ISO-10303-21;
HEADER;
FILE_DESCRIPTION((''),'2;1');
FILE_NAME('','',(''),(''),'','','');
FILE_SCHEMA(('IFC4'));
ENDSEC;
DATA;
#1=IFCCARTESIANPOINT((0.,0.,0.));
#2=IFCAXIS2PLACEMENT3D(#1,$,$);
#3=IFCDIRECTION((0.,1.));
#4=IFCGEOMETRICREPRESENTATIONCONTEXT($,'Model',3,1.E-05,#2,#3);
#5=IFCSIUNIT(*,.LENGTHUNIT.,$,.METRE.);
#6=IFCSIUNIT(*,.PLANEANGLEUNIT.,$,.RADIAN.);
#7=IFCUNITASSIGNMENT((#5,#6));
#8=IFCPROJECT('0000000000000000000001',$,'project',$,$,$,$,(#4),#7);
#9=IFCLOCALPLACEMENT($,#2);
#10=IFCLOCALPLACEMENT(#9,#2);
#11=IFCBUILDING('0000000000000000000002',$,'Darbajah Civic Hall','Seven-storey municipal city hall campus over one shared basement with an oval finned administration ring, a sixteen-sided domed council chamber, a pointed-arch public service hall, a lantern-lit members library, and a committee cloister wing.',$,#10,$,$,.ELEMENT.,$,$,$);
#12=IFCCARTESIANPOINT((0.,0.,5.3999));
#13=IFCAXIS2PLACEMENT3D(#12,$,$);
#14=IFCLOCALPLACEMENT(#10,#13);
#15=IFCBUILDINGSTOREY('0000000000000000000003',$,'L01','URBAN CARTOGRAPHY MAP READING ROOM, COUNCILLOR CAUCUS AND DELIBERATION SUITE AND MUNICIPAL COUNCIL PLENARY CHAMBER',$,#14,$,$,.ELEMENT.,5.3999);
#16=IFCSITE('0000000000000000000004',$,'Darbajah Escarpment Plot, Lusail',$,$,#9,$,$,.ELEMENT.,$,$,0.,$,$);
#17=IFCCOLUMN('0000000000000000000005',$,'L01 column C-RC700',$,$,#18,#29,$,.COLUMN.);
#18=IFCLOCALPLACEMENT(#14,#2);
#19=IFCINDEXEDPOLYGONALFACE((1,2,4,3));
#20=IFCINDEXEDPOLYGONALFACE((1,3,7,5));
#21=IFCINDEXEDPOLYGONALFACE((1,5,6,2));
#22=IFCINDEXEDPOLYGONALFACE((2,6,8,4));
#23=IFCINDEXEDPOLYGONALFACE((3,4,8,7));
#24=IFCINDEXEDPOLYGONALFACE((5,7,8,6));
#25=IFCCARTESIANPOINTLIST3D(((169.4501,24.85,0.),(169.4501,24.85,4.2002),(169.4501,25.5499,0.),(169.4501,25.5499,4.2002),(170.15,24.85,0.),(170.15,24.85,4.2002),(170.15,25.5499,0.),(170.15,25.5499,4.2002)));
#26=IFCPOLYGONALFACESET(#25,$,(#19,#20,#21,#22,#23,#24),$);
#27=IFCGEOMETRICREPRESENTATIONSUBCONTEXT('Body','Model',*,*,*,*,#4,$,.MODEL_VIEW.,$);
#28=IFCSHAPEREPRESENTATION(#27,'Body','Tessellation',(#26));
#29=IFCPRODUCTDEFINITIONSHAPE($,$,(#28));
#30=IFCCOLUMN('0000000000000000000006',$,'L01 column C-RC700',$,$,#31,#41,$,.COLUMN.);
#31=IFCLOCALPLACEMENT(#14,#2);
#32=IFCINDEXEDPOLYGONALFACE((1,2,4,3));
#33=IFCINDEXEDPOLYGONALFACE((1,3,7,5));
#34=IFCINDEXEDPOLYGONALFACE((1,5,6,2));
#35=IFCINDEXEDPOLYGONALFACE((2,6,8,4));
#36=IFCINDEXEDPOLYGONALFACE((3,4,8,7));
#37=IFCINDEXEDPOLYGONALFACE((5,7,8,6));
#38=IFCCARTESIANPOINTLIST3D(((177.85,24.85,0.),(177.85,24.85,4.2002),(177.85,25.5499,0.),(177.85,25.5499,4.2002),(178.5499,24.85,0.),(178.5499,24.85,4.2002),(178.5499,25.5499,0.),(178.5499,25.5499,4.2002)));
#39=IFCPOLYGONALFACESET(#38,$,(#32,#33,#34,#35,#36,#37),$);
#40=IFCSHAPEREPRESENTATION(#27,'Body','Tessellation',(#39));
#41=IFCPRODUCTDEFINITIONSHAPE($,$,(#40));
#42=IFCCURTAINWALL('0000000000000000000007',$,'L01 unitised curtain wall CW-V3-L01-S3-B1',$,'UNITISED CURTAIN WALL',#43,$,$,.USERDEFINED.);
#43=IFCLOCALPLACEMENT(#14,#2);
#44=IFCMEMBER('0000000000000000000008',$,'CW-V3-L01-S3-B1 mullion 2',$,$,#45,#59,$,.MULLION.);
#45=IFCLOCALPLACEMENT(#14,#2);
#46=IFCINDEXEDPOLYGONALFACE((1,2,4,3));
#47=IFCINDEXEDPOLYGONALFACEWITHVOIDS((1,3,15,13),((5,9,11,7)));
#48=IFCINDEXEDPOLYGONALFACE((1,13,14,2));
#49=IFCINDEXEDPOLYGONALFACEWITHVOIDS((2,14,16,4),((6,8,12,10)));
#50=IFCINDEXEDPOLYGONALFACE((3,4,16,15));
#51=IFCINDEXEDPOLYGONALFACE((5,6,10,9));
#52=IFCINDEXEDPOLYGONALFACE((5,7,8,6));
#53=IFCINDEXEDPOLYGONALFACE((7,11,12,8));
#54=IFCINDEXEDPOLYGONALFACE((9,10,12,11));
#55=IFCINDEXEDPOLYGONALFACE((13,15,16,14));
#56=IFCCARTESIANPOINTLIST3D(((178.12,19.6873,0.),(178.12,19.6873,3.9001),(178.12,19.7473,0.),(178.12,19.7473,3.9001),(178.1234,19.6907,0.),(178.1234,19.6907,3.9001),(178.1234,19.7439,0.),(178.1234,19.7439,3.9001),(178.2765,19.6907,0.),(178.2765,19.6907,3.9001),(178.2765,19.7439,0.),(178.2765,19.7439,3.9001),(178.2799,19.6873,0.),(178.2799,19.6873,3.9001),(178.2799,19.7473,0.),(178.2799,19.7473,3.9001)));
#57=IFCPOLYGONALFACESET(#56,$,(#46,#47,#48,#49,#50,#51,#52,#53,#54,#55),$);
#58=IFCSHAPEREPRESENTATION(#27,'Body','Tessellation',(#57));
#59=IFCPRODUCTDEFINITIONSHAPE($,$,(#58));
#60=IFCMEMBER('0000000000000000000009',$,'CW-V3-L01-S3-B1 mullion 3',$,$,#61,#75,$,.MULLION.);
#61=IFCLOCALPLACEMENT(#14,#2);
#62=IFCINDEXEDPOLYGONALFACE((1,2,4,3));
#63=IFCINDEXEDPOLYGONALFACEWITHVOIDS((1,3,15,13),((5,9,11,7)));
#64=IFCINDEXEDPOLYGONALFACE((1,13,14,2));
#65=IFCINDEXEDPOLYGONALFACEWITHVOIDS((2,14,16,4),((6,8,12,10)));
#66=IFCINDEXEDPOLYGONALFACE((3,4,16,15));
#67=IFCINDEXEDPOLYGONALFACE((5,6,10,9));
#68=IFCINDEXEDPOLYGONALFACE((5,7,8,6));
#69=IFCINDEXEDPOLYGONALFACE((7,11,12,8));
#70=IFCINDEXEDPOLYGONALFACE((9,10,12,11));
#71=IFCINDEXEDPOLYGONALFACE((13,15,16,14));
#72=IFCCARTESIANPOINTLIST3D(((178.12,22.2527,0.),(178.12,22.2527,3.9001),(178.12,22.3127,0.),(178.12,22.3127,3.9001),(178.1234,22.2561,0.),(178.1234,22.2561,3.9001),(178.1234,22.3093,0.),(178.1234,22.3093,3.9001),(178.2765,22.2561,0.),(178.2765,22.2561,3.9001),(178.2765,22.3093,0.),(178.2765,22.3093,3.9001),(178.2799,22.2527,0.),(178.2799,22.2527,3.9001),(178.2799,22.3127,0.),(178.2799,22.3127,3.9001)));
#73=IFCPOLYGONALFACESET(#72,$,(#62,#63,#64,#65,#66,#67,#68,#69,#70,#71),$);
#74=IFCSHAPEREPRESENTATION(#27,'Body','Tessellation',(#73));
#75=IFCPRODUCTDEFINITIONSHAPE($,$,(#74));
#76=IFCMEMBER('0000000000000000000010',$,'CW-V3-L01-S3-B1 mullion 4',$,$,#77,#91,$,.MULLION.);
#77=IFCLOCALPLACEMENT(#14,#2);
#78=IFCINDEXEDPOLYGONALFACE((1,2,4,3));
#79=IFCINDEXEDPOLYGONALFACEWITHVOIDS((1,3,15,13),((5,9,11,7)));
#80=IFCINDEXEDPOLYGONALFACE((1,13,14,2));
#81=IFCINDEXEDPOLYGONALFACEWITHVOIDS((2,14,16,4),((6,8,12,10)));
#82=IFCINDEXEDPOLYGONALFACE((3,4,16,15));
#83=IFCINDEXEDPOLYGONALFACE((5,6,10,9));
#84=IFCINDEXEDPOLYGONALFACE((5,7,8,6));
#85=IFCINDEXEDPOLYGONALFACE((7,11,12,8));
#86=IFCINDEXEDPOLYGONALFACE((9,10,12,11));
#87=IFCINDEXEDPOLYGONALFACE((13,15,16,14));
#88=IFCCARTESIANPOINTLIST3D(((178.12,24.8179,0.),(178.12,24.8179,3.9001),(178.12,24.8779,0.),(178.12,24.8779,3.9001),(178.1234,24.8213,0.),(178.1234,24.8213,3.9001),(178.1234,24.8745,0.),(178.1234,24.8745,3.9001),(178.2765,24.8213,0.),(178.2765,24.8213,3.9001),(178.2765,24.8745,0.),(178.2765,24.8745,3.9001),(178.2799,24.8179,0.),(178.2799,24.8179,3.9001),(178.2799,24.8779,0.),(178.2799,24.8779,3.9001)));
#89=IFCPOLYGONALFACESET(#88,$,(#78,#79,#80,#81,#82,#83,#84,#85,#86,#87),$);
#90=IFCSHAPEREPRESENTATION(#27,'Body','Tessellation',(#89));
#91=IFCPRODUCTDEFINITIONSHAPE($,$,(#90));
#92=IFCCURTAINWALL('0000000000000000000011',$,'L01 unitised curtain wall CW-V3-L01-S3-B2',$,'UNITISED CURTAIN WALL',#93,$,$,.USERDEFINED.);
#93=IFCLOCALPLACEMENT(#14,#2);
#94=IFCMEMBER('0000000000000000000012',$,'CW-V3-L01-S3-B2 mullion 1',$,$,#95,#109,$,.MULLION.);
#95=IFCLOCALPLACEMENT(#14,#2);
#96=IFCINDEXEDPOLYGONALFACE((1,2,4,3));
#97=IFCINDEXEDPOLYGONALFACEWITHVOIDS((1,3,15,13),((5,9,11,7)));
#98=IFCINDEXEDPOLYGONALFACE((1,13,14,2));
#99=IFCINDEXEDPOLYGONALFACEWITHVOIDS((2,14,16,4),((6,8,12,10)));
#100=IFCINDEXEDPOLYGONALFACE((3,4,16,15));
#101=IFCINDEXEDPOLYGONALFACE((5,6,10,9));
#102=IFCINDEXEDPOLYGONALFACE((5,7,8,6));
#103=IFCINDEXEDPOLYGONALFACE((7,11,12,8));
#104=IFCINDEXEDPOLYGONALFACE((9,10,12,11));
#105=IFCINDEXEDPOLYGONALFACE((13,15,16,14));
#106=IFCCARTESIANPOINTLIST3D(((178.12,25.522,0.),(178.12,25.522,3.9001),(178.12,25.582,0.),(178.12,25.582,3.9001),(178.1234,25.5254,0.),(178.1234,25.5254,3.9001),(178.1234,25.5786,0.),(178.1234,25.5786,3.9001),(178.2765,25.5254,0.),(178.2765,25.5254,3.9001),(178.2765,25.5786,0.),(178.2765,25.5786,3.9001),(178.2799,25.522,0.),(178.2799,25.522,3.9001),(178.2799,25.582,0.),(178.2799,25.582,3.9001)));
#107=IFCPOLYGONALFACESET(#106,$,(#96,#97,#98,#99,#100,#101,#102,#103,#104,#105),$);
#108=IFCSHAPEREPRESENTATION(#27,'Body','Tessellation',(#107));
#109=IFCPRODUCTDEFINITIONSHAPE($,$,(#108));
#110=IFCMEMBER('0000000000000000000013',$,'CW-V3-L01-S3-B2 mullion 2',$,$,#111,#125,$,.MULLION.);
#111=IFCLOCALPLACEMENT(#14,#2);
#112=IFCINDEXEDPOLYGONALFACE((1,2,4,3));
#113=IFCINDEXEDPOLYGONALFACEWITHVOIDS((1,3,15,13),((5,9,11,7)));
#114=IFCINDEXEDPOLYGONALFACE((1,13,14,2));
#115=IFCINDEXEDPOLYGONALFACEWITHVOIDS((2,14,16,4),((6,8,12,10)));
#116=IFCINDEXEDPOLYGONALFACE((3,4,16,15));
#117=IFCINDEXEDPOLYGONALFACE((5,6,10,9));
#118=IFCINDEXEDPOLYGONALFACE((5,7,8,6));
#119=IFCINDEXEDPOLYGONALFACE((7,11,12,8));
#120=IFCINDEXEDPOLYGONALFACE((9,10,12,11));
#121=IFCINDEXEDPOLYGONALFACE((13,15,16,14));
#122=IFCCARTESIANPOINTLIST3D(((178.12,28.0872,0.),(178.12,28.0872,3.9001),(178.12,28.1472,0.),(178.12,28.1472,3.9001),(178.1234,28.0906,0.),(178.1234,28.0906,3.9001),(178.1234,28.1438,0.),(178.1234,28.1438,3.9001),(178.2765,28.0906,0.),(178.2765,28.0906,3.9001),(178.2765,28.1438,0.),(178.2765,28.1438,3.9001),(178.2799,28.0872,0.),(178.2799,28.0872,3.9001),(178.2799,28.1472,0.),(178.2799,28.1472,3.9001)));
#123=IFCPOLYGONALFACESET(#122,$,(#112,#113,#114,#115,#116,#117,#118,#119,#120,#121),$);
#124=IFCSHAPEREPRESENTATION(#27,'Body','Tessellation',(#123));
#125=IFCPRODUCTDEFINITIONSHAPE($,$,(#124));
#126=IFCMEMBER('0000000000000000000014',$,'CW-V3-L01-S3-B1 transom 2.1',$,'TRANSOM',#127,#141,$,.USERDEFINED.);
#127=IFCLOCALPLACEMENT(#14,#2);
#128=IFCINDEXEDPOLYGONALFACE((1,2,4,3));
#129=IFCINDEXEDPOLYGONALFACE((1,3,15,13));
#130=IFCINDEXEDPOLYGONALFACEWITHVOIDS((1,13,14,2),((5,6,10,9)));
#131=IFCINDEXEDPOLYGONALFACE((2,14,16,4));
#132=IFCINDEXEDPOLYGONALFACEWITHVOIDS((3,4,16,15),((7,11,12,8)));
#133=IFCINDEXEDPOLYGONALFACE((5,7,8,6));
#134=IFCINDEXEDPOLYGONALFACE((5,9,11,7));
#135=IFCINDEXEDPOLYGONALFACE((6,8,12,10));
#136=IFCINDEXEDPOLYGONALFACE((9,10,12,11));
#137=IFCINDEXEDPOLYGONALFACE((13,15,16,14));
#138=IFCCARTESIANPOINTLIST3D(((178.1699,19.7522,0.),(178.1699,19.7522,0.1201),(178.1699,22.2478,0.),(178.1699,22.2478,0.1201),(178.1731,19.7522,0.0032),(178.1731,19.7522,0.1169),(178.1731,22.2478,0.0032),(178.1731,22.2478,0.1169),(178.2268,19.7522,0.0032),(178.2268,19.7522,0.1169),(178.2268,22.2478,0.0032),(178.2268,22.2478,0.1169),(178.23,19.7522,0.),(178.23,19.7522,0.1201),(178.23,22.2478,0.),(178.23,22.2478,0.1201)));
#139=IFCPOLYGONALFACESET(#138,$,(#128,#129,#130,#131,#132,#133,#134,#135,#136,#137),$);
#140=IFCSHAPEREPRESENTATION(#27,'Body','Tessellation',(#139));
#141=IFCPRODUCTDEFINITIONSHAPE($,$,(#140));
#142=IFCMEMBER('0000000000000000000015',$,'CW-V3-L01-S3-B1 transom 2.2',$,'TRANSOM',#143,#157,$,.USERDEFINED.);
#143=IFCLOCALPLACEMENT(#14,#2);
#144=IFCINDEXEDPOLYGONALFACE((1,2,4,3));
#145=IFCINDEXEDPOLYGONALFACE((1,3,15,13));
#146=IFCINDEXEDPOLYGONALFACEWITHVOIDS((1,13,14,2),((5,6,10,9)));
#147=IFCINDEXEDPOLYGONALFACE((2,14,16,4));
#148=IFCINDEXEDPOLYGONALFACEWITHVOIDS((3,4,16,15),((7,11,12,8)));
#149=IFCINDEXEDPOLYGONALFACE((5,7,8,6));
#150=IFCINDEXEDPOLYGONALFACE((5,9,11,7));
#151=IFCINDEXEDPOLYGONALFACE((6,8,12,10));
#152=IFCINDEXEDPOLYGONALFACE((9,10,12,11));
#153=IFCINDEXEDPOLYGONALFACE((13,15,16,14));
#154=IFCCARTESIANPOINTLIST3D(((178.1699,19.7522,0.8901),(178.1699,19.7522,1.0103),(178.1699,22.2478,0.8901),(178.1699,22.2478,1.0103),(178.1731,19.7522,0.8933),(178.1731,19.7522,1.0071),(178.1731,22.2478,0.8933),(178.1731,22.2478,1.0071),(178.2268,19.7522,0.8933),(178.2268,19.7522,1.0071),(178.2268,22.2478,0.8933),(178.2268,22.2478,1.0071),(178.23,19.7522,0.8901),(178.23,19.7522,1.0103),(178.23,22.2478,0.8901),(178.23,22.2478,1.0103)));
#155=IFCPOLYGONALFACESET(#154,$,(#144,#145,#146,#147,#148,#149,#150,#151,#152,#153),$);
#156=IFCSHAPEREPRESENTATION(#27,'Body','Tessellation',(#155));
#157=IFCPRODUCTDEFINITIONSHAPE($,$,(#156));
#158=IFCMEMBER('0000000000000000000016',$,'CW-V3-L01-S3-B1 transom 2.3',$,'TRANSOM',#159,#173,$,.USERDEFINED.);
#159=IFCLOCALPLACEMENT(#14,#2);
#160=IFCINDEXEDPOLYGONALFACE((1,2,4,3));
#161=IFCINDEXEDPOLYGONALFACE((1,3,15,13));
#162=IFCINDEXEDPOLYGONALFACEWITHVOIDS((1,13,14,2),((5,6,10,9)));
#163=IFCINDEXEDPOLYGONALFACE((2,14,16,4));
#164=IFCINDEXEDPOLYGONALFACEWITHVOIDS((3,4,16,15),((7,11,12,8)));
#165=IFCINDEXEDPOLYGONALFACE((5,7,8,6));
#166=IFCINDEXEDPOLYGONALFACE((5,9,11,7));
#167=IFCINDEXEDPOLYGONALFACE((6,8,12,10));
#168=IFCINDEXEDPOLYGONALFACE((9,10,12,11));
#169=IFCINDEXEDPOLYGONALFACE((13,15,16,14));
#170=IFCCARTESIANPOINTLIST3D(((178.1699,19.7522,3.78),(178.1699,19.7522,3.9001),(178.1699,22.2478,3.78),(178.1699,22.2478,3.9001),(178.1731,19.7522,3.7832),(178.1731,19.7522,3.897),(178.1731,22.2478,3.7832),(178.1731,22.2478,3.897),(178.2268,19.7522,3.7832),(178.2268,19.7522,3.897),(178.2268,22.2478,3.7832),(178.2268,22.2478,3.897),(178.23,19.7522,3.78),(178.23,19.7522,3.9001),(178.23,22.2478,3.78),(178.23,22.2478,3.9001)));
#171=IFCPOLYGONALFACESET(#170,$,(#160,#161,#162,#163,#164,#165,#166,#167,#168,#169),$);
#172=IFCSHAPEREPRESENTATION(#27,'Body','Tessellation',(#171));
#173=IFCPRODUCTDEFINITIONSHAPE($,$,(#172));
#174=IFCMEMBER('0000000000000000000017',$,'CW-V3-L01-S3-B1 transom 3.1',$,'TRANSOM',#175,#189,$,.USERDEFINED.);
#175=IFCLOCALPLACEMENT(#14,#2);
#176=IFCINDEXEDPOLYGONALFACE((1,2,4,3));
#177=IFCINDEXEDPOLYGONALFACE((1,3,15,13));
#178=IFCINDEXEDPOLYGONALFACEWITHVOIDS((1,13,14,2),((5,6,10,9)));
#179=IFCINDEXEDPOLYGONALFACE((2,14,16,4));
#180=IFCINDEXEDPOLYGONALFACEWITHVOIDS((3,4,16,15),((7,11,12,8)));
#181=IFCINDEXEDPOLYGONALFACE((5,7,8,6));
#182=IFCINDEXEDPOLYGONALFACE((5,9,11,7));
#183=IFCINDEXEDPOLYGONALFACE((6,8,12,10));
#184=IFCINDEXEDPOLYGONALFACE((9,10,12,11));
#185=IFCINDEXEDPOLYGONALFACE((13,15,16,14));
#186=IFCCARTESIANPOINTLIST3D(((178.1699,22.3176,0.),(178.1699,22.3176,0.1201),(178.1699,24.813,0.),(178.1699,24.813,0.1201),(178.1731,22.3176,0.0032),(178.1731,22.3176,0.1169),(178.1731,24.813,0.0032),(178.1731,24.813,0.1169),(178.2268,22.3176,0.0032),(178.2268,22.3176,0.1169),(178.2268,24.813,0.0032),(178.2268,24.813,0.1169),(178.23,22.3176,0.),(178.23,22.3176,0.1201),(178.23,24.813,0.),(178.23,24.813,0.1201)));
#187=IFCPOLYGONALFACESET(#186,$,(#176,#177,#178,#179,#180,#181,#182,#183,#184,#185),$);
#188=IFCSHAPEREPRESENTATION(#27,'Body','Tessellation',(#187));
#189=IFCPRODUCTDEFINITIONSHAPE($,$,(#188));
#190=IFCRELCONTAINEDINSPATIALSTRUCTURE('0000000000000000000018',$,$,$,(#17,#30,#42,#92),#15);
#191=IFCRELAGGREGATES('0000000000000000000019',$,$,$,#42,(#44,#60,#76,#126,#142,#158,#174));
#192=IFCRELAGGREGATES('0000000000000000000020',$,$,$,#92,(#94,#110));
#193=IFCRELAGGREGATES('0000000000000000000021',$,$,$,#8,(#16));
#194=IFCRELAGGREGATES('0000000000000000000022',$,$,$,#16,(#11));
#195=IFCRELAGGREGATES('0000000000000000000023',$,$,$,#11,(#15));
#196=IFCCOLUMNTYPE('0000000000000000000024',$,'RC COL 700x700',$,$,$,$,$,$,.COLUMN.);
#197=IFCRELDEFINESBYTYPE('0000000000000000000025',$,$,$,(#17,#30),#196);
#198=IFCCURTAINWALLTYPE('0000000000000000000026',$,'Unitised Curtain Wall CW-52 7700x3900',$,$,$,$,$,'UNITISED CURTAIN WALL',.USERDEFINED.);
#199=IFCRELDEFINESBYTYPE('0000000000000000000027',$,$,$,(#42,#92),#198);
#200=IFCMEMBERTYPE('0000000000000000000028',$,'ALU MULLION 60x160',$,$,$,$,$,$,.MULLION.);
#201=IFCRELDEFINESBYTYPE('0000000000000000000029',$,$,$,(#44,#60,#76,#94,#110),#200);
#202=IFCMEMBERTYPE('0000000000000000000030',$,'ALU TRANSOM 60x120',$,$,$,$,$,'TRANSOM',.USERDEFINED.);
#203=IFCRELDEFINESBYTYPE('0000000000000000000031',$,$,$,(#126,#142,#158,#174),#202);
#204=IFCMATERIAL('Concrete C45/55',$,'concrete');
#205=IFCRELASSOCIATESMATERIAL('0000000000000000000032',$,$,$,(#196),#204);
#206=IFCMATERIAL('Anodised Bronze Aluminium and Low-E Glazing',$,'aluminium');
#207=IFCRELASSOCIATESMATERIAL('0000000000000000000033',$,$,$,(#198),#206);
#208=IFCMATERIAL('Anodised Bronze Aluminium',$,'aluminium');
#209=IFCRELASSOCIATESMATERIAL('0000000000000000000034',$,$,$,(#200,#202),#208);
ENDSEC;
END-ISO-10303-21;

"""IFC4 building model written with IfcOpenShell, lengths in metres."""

from ifc_helpers import new_model, si_unit, direction, frame, origin, origin_2d, place, context, subcontext, project, spatial, rectangle, hollow_rectangle, extrude, material, material_profile, profile_set, type_object, element, aggregate, save


model = new_model("IFC4")

# Units and contexts
model_context = context("Model", 3, precision=1e-05, world=origin(), true_north=direction((0.0, 1.0)))
body_context = subcontext(model_context, "Body", "Model", "MODEL_VIEW")
ifc_project = project(units=[si_unit("LENGTHUNIT", "METRE"), si_unit("PLANEANGLEUNIT", "RADIAN")], contexts=[model_context])

# Site, building, storey
site_placement = place(None, origin())
site = spatial("IfcSite", under=ifc_project, at=site_placement, Name="Darbajah Escarpment Plot, Lusail", CompositionType="ELEMENT", RefElevation=0.0)
building_placement = place(site_placement, origin())
building = spatial("IfcBuilding", under=site, at=building_placement, Name="Darbajah Civic Hall", Description="Seven-storey municipal city hall campus over one shared basement with an oval finned administration ring, a sixteen-sided domed council chamber, a pointed-arch public service hall, a lantern-lit members library, and a committee cloister wing.", CompositionType="ELEMENT")
storey_placement = place(building_placement, frame((0.0, 0.0, 5.3999)))
storey = spatial("IfcBuildingStorey", under=building, at=storey_placement, Name="L01", Description="URBAN CARTOGRAPHY MAP READING ROOM, COUNCILLOR CAUCUS AND DELIBERATION SUITE AND MUNICIPAL COUNCIL PLENARY CHAMBER", CompositionType="ELEMENT", Elevation=5.3999)

# Columns
ifc_material_1 = material(Name="Concrete C45/55", Category="concrete")
ifc_material_profile_1 = material_profile(ifc_material_1, rectangle(XDim=0.7, YDim=0.7, at=origin_2d()), Name="RC COL 700x700")
ifc_profile_set_1 = profile_set([ifc_material_profile_1], Name="Concrete C45/55")
column_type = type_object("IfcColumnType", Name="RC COL 700x700", PredefinedType="COLUMN", material=ifc_profile_set_1)
for number, where, z_axis, x_axis, name in (
    (1, (169.8, 25.2, 0.0), (0.0, 0.0, 1.0), (1.0, 0.0, 0.0), "L01 column C-RC700"),
    (2, (178.2, 25.2, 0.0), (0.0, 0.0, 1.0), (1.0, 0.0, 0.0), "L01 column C-RC700"),
):
    element("IfcColumn", number, at=place(storey_placement, frame(where, z_axis=z_axis, x_axis=x_axis)), inside=storey, type_object=column_type, Name=name, PredefinedType="COLUMN", context=body_context, shape_type="SweptSolid", body=[
        extrude(rectangle(XDim=0.7, YDim=0.7, at=origin_2d()), origin(), (0.0, 0.0, 1.0), 4.2002),
    ])

# Curtain walls, members
ifc_material_2 = material(Name="Anodised Bronze Aluminium and Low-E Glazing", Category="aluminium")
curtain_wall_type = type_object("IfcCurtainWallType", Name="Unitised Curtain Wall CW-52 7700x3900", ElementType="UNITISED CURTAIN WALL", PredefinedType="USERDEFINED", material=ifc_material_2)
curtain_wall_1_placement = place(storey_placement, origin())
curtain_wall_1 = element("IfcCurtainWall", 3, at=curtain_wall_1_placement, inside=storey, type_object=curtain_wall_type, Name="L01 unitised curtain wall CW-V3-L01-S3-B1", ObjectType="UNITISED CURTAIN WALL", PredefinedType="USERDEFINED")
ifc_material_3 = material(Name="Anodised Bronze Aluminium", Category="aluminium")
ifc_material_profile_2 = material_profile(ifc_material_3, hollow_rectangle(XDim=0.0601, YDim=0.1599, WallThickness=0.0034, at=origin_2d()), Name="ALU MULLION 60x160")
ifc_profile_set_2 = profile_set([ifc_material_profile_2], Name="Anodised Bronze Aluminium")
member_type_1 = type_object("IfcMemberType", Name="ALU MULLION 60x160", PredefinedType="MULLION", material=ifc_profile_set_2)
member_1_placement = place(storey_placement, frame((178.2, 19.7173, 0.0), z_axis=(0.0, 0.0, 1.0), x_axis=(0.0, 1.0, 0.0)))
member_1 = element("IfcMember", 4, at=member_1_placement, type_object=member_type_1, Name="CW-V3-L01-S3-B1 mullion 2", PredefinedType="MULLION", context=body_context, shape_type="SweptSolid", body=[
    extrude(hollow_rectangle(XDim=0.0601, YDim=0.1599, WallThickness=0.0034, at=origin_2d()), origin(), (0.0, 0.0, 1.0), 3.9001),
])
member_2_placement = place(storey_placement, frame((178.2, 22.2827, 0.0), z_axis=(0.0, 0.0, 1.0), x_axis=(0.0, 1.0, 0.0)))
member_2 = element("IfcMember", 5, at=member_2_placement, type_object=member_type_1, Name="CW-V3-L01-S3-B1 mullion 3", PredefinedType="MULLION", context=body_context, shape_type="SweptSolid", body=[
    extrude(hollow_rectangle(XDim=0.0601, YDim=0.1599, WallThickness=0.0034, at=origin_2d()), origin(), (0.0, 0.0, 1.0), 3.9001),
])
member_3_placement = place(storey_placement, frame((178.2, 24.8479, 0.0), z_axis=(0.0, 0.0, 1.0), x_axis=(0.0, 1.0, 0.0)))
member_3 = element("IfcMember", 6, at=member_3_placement, type_object=member_type_1, Name="CW-V3-L01-S3-B1 mullion 4", PredefinedType="MULLION", context=body_context, shape_type="SweptSolid", body=[
    extrude(hollow_rectangle(XDim=0.0601, YDim=0.1599, WallThickness=0.0034, at=origin_2d()), origin(), (0.0, 0.0, 1.0), 3.9001),
])
curtain_wall_2_placement = place(storey_placement, origin())
curtain_wall_2 = element("IfcCurtainWall", 7, at=curtain_wall_2_placement, inside=storey, type_object=curtain_wall_type, Name="L01 unitised curtain wall CW-V3-L01-S3-B2", ObjectType="UNITISED CURTAIN WALL", PredefinedType="USERDEFINED")
member_4_placement = place(storey_placement, frame((178.2, 25.552, 0.0), z_axis=(0.0, 0.0, 1.0), x_axis=(0.0, 1.0, 0.0)))
member_4 = element("IfcMember", 8, at=member_4_placement, type_object=member_type_1, Name="CW-V3-L01-S3-B2 mullion 1", PredefinedType="MULLION", context=body_context, shape_type="SweptSolid", body=[
    extrude(hollow_rectangle(XDim=0.0601, YDim=0.1599, WallThickness=0.0034, at=origin_2d()), origin(), (0.0, 0.0, 1.0), 3.9001),
])
member_5_placement = place(storey_placement, frame((178.2, 28.1172, 0.0), z_axis=(0.0, 0.0, 1.0), x_axis=(0.0, 1.0, 0.0)))
member_5 = element("IfcMember", 9, at=member_5_placement, type_object=member_type_1, Name="CW-V3-L01-S3-B2 mullion 2", PredefinedType="MULLION", context=body_context, shape_type="SweptSolid", body=[
    extrude(hollow_rectangle(XDim=0.0601, YDim=0.1599, WallThickness=0.0034, at=origin_2d()), origin(), (0.0, 0.0, 1.0), 3.9001),
])

# Members
ifc_material_profile_3 = material_profile(ifc_material_3, hollow_rectangle(XDim=0.0601, YDim=0.1201, WallThickness=0.0032, at=origin_2d()), Name="ALU TRANSOM 60x120")
ifc_profile_set_3 = profile_set([ifc_material_profile_3], Name="Anodised Bronze Aluminium")
member_type_2 = type_object("IfcMemberType", Name="ALU TRANSOM 60x120", ElementType="TRANSOM", PredefinedType="USERDEFINED", material=ifc_profile_set_3)
member_6_placement = place(storey_placement, frame((178.2, 19.7522, 0.0601), z_axis=(0.0, 1.0, 0.0), x_axis=(-1.0, 0.0, 0.0)))
member_6 = element("IfcMember", 10, at=member_6_placement, type_object=member_type_2, Name="CW-V3-L01-S3-B1 transom 2.1", ObjectType="TRANSOM", PredefinedType="USERDEFINED", context=body_context, shape_type="SweptSolid", body=[
    extrude(hollow_rectangle(XDim=0.0601, YDim=0.1201, WallThickness=0.0032, at=origin_2d()), origin(), (0.0, 0.0, 1.0), 2.4956),
])
member_7_placement = place(storey_placement, frame((178.2, 19.7522, 0.9502), z_axis=(0.0, 1.0, 0.0), x_axis=(-1.0, 0.0, 0.0)))
member_7 = element("IfcMember", 11, at=member_7_placement, type_object=member_type_2, Name="CW-V3-L01-S3-B1 transom 2.2", ObjectType="TRANSOM", PredefinedType="USERDEFINED", context=body_context, shape_type="SweptSolid", body=[
    extrude(hollow_rectangle(XDim=0.0601, YDim=0.1201, WallThickness=0.0032, at=origin_2d()), origin(), (0.0, 0.0, 1.0), 2.4956),
])
member_8_placement = place(storey_placement, frame((178.2, 19.7522, 3.8401), z_axis=(0.0, 1.0, 0.0), x_axis=(-1.0, 0.0, 0.0)))
member_8 = element("IfcMember", 12, at=member_8_placement, type_object=member_type_2, Name="CW-V3-L01-S3-B1 transom 2.3", ObjectType="TRANSOM", PredefinedType="USERDEFINED", context=body_context, shape_type="SweptSolid", body=[
    extrude(hollow_rectangle(XDim=0.0601, YDim=0.1201, WallThickness=0.0032, at=origin_2d()), origin(), (0.0, 0.0, 1.0), 2.4956),
])
member_9_placement = place(storey_placement, frame((178.2, 22.3176, 0.0601), z_axis=(0.0, 1.0, 0.0), x_axis=(-1.0, 0.0, 0.0)))
member_9 = element("IfcMember", 13, at=member_9_placement, type_object=member_type_2, Name="CW-V3-L01-S3-B1 transom 3.1", ObjectType="TRANSOM", PredefinedType="USERDEFINED", context=body_context, shape_type="SweptSolid", body=[
    extrude(hollow_rectangle(XDim=0.0601, YDim=0.1201, WallThickness=0.0032, at=origin_2d()), origin(), (0.0, 0.0, 1.0), 2.4954),
])

aggregate(curtain_wall_1, [member_1, member_2, member_3, member_6, member_7, member_8, member_9])
aggregate(curtain_wall_2, [member_4, member_5])

save(model, "model.ifc")
